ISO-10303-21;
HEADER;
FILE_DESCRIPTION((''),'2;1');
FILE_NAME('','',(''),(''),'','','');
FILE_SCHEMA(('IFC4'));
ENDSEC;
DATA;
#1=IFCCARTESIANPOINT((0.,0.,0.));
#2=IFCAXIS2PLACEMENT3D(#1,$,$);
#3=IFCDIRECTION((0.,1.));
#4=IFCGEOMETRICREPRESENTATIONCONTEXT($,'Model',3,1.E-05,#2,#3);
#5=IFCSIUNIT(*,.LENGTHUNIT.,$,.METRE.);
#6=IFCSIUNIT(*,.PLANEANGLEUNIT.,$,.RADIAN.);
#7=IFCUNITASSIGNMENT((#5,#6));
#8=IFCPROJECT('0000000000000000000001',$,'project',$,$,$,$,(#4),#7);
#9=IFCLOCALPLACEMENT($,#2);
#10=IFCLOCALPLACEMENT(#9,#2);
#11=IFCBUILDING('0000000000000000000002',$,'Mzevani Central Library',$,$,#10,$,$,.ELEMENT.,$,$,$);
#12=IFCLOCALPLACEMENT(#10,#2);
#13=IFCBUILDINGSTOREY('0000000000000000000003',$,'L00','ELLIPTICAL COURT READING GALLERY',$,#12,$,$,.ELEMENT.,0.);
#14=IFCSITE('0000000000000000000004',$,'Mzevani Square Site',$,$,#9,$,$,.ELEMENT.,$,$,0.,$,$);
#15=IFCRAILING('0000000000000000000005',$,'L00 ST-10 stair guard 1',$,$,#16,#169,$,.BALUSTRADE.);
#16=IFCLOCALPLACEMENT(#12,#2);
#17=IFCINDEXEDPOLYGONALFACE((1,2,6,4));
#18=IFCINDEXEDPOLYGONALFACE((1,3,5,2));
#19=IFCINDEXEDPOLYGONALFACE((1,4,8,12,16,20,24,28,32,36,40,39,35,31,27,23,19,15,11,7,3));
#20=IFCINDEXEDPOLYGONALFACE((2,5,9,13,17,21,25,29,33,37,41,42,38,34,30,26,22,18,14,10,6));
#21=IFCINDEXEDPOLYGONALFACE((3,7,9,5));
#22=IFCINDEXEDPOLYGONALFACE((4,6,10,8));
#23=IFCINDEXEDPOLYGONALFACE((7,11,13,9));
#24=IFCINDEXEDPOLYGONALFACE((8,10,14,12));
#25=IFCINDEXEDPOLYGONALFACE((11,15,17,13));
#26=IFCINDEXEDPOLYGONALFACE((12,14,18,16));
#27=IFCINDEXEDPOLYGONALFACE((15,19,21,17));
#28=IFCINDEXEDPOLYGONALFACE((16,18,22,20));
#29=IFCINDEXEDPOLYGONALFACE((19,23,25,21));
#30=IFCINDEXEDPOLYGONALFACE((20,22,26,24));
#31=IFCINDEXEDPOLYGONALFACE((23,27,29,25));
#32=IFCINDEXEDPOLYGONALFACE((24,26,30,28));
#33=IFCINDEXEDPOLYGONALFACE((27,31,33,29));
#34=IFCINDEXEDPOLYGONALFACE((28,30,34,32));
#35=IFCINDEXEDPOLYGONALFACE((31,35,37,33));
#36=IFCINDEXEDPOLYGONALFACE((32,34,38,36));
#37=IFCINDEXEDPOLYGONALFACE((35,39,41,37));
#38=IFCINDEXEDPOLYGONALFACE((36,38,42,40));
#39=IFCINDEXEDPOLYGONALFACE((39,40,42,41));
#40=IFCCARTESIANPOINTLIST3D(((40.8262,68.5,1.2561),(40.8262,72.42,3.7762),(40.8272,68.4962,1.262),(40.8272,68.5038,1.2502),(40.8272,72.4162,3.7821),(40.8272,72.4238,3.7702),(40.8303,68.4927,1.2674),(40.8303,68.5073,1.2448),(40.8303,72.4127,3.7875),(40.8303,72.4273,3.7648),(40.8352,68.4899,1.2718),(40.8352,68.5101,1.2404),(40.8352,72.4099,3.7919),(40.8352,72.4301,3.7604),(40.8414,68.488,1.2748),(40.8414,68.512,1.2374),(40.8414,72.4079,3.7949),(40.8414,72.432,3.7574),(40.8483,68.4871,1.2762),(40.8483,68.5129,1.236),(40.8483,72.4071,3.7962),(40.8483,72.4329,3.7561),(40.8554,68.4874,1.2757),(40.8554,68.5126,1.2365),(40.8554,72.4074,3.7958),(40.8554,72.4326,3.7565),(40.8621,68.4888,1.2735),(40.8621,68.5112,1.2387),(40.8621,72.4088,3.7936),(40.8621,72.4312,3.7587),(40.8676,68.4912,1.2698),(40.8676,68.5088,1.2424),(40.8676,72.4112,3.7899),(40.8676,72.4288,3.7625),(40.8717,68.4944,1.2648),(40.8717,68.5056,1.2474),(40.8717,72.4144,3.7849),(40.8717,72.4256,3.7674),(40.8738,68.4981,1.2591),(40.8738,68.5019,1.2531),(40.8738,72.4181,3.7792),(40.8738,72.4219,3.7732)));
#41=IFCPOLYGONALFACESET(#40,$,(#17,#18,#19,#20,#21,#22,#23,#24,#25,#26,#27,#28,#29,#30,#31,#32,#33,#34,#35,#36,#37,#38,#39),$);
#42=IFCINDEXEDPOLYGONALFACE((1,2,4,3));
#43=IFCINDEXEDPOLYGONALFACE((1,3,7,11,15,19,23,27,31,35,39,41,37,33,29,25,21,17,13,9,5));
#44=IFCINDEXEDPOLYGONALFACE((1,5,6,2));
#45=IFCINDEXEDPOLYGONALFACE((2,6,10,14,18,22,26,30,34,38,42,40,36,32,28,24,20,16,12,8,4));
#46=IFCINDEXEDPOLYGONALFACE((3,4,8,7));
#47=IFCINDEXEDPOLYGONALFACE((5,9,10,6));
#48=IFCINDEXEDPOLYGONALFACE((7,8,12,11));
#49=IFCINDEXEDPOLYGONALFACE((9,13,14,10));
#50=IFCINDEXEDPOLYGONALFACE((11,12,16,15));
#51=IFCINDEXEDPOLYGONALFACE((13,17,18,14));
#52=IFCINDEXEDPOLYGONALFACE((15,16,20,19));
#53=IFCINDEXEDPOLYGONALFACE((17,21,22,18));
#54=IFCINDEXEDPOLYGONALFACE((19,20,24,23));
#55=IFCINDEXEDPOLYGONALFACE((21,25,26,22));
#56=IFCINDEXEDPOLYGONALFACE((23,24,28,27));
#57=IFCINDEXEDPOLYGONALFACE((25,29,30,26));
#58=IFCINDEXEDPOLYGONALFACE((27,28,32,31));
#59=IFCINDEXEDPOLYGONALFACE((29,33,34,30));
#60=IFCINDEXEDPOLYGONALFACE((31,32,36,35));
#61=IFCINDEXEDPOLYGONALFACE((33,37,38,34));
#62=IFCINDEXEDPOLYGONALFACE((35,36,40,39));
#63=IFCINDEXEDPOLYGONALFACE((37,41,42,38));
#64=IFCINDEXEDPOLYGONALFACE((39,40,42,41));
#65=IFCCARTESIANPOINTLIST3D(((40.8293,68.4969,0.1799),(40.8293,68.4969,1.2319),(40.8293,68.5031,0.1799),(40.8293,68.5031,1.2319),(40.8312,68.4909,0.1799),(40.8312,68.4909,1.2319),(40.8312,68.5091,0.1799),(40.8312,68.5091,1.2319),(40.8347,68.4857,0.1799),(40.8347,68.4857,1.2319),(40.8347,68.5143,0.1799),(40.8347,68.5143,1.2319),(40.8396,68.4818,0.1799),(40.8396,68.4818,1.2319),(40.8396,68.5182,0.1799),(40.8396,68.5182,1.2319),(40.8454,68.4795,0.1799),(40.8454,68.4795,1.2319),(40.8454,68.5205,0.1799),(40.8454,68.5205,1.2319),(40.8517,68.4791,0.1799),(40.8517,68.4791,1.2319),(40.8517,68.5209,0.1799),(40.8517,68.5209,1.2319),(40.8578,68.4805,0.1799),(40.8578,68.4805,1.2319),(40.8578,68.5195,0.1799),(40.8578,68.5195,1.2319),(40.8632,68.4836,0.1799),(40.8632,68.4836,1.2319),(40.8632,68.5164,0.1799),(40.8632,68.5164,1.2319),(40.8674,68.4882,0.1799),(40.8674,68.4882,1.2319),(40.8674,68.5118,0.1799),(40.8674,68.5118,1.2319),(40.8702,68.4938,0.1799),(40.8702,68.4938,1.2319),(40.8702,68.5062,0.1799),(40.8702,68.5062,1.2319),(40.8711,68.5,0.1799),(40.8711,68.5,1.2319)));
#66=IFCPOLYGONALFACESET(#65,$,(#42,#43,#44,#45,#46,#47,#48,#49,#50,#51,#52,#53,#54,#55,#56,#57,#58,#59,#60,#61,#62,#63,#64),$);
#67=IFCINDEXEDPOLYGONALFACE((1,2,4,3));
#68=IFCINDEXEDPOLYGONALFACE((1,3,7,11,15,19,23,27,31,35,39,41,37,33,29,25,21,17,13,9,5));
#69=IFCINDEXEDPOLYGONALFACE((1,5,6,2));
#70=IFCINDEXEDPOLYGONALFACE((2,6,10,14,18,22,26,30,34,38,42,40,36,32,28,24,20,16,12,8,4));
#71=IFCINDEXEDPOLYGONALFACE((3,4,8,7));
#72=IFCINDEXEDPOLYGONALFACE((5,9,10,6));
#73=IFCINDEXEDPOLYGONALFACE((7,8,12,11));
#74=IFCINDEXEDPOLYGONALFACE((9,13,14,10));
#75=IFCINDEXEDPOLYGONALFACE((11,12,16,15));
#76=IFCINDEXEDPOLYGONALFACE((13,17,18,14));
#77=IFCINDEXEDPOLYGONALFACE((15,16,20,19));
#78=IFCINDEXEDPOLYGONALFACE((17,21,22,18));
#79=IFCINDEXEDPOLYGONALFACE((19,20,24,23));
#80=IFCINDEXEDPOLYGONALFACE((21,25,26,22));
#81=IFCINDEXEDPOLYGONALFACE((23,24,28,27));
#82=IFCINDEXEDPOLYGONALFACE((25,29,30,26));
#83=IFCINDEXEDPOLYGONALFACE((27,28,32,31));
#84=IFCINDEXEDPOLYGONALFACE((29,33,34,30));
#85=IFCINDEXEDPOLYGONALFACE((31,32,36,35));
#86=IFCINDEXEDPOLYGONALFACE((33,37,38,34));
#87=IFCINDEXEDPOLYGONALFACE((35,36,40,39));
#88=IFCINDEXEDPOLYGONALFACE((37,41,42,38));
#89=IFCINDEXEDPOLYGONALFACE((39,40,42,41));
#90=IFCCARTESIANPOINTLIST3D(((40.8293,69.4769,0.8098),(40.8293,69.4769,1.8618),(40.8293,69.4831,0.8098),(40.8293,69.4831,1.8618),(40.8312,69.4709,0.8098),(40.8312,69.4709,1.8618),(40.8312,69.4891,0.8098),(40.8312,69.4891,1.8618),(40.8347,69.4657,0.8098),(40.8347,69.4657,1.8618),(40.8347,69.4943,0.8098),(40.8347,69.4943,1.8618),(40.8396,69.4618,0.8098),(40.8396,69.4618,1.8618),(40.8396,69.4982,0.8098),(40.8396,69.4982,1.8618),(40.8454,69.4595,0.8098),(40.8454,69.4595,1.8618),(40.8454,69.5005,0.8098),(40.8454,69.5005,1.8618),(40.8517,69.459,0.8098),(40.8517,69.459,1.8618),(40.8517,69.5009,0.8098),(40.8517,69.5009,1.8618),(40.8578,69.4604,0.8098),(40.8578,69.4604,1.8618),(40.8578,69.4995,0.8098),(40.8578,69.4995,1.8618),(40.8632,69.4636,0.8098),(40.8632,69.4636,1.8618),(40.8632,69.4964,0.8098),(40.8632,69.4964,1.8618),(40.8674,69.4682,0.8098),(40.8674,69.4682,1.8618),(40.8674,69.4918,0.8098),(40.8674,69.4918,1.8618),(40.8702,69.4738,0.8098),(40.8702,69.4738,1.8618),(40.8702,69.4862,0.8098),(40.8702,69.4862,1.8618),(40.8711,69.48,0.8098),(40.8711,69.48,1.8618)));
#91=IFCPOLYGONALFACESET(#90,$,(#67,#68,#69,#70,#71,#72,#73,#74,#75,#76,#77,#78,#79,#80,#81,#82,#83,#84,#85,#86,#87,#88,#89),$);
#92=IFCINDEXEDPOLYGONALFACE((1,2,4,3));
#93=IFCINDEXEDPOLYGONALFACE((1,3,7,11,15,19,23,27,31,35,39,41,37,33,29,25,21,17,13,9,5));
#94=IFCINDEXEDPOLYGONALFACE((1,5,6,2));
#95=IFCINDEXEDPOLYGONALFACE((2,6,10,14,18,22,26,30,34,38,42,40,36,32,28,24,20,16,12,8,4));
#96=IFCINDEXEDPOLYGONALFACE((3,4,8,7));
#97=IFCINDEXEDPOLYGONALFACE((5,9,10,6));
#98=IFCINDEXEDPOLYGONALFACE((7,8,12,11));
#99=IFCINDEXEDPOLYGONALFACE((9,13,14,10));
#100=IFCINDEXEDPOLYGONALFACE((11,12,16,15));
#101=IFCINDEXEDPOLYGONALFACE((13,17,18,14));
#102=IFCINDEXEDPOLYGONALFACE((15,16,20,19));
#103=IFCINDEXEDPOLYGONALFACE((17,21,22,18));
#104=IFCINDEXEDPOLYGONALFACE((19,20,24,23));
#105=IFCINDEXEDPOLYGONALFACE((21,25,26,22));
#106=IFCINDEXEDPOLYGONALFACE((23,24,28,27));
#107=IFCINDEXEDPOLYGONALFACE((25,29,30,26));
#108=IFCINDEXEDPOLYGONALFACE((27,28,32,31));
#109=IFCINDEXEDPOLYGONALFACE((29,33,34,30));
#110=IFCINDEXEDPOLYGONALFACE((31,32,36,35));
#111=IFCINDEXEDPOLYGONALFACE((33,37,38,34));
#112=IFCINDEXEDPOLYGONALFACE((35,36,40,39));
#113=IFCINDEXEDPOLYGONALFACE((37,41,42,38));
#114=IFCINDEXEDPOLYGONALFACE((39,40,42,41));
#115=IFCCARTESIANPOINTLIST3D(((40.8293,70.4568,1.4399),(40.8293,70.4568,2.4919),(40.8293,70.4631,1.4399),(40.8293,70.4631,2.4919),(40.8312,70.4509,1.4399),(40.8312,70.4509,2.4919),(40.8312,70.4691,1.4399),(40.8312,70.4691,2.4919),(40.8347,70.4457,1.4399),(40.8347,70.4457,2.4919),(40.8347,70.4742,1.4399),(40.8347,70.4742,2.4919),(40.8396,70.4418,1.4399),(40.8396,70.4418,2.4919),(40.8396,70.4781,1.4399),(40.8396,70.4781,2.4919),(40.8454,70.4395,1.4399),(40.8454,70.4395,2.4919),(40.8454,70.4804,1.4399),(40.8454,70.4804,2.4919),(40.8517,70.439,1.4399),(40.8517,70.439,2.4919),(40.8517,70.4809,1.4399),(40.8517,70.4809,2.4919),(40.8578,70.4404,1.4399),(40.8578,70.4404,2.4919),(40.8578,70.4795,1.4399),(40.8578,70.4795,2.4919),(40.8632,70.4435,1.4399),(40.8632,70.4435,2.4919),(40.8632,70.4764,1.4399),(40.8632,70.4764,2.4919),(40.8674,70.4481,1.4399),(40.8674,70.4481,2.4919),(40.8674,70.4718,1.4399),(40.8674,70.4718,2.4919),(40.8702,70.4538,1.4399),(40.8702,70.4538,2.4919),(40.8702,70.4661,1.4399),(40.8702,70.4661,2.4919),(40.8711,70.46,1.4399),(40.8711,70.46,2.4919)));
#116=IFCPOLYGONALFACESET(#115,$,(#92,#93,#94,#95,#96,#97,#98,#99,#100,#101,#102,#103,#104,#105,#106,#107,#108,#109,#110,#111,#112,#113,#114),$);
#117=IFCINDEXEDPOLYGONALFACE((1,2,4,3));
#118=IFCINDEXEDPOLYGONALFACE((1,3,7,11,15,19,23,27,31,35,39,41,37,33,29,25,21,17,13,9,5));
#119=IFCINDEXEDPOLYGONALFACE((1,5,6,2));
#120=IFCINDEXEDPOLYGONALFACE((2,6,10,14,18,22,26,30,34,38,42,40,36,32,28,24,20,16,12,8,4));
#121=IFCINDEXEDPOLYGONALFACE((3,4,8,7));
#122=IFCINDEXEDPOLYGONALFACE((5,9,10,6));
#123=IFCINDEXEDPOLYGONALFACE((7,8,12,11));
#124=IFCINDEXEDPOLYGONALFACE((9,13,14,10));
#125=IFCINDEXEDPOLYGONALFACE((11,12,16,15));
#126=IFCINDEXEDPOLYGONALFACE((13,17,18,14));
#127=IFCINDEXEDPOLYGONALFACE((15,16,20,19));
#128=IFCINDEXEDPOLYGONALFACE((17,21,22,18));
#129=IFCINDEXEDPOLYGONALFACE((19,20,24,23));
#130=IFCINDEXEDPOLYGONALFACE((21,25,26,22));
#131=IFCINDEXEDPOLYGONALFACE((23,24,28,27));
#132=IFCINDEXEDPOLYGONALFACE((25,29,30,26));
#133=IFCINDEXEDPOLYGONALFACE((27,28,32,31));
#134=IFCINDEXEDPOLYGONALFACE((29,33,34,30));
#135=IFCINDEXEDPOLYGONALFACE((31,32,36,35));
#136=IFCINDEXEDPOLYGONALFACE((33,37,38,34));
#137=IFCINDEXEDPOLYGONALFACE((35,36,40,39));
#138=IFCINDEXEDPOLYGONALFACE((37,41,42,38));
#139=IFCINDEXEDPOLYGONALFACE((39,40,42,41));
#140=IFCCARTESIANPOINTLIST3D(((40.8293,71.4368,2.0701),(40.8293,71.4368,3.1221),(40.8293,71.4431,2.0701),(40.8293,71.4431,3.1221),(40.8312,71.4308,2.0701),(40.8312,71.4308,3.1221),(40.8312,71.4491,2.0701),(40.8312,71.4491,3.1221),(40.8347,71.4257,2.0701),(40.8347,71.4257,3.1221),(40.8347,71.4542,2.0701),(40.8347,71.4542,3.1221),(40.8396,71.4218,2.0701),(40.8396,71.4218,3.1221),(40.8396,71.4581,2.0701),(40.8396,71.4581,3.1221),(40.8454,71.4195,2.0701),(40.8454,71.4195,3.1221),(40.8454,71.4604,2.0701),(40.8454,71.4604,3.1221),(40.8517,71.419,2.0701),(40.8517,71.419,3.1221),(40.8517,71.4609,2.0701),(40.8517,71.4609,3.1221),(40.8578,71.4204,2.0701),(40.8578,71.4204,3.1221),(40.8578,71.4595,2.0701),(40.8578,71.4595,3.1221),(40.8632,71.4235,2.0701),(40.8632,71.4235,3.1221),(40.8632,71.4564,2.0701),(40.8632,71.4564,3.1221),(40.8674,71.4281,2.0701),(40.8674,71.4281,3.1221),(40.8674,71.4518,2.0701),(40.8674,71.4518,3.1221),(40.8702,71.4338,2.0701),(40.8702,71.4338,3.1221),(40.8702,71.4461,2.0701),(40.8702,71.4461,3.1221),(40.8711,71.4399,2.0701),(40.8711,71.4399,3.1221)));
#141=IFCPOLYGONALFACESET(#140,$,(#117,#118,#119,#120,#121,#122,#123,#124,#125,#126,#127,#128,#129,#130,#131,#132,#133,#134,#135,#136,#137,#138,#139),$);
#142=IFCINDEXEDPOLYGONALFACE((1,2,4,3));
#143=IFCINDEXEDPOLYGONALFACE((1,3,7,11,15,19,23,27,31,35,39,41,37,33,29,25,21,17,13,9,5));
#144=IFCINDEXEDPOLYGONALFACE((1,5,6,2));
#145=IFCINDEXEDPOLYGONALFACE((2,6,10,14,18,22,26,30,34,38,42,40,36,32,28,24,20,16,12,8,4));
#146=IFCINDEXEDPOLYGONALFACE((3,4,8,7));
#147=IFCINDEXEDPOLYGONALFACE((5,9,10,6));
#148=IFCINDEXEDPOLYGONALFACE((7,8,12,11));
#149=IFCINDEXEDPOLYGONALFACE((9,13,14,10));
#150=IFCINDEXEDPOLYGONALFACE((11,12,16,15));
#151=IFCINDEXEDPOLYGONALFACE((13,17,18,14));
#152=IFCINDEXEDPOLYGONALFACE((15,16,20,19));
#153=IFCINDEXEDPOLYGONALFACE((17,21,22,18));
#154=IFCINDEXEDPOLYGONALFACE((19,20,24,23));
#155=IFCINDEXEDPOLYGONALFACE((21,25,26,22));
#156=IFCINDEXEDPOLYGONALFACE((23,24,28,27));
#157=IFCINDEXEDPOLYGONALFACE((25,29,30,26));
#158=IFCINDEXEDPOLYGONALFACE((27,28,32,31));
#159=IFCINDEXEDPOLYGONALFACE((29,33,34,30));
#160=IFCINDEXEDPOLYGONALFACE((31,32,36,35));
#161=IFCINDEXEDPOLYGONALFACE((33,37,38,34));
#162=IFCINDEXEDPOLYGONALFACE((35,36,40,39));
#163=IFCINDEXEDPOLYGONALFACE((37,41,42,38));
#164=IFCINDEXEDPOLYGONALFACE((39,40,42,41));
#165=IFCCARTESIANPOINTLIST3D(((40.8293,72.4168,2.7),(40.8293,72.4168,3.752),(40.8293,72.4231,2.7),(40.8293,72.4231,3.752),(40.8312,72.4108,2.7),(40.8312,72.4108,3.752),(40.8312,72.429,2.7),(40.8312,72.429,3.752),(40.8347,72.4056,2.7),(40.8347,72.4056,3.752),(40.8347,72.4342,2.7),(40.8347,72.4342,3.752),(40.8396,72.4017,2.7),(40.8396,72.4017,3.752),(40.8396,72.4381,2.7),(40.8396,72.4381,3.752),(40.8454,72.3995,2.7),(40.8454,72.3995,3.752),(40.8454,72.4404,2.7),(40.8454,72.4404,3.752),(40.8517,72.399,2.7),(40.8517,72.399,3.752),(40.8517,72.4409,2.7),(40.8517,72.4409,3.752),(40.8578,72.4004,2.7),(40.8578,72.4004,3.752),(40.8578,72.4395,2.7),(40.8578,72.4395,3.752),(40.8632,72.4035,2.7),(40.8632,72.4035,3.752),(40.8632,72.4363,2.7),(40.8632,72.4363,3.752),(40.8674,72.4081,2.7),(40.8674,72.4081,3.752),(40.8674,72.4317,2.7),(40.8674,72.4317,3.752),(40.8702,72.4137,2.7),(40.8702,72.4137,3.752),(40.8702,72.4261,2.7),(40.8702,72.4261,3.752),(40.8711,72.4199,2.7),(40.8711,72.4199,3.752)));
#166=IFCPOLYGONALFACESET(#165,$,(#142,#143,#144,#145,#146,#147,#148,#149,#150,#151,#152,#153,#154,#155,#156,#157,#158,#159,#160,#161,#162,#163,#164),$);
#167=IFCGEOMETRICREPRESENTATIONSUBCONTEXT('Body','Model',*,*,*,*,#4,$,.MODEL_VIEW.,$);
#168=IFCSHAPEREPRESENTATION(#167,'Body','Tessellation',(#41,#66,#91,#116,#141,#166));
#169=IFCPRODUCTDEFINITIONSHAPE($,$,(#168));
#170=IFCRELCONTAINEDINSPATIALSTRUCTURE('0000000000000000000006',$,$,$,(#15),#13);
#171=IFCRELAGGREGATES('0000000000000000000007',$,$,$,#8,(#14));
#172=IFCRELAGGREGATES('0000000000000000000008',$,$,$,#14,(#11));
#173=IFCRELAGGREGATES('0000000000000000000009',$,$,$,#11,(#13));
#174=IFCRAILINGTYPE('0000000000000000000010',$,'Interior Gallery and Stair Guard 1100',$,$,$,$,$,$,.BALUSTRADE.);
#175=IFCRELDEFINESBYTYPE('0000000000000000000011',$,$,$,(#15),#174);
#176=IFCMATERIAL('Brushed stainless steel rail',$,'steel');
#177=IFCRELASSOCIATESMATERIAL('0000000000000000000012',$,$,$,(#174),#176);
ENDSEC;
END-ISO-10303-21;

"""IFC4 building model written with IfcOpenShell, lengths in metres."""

from ifc_helpers import new_model, si_unit, direction, frame, origin, origin_2d, place, context, subcontext, project, spatial, circle, extrude, material, type_object, element, save


model = new_model("IFC4")

# Units and contexts
model_context = context("Model", 3, precision=1e-05, world=origin(), true_north=direction((0.0, 1.0)))
body_context = subcontext(model_context, "Body", "Model", "MODEL_VIEW")
ifc_project = project(units=[si_unit("LENGTHUNIT", "METRE"), si_unit("PLANEANGLEUNIT", "RADIAN")], contexts=[model_context])

# Site, building, storey
site_placement = place(None, origin())
site = spatial("IfcSite", under=ifc_project, at=site_placement, Name="Mzevani Square Site", CompositionType="ELEMENT", RefElevation=0.0)
building_placement = place(site_placement, origin())
building = spatial("IfcBuilding", under=site, at=building_placement, Name="Mzevani Central Library", CompositionType="ELEMENT")
storey_placement = place(building_placement, origin())
storey = spatial("IfcBuildingStorey", under=building, at=storey_placement, Name="L00", Description="ELLIPTICAL COURT READING GALLERY", CompositionType="ELEMENT", Elevation=0.0)

# Railing
ifc_material_1 = material(Name="Brushed stainless steel rail", Category="steel")
railing_type_1 = type_object("IfcRailingType", Name="Interior Gallery and Stair Guard 1100", PredefinedType="BALUSTRADE", material=ifc_material_1)
railing_1_placement = place(storey_placement, frame((40.8501, 68.5, 0.1799)))
element("IfcRailing", 1, at=railing_1_placement, inside=storey, type_object=railing_type_1, Name="L00 ST-10 stair guard 1", PredefinedType="BALUSTRADE", context=body_context, shape_type="SweptSolid", body=[
    extrude(circle(Radius=0.0239, at=origin_2d()), frame((0.0, 0.0, 1.0762), z_axis=(0.0, 0.841172, 0.540768), x_axis=(-1.0, 0.0, 0.0)), (0.0, 0.0, 1.0), 4.6602),
    extrude(circle(Radius=0.021, at=origin_2d()), origin(), (0.0, 0.0, 1.0), 1.052),
    extrude(circle(Radius=0.021, at=origin_2d()), frame((0.0, 0.98, 0.6299)), (0.0, 0.0, 1.0), 1.052),
    extrude(circle(Radius=0.021, at=origin_2d()), frame((0.0, 1.96, 1.26)), (0.0, 0.0, 1.0), 1.052),
    extrude(circle(Radius=0.021, at=origin_2d()), frame((0.0, 2.9399, 1.8901)), (0.0, 0.0, 1.0), 1.052),
    extrude(circle(Radius=0.021, at=origin_2d()), frame((0.0, 3.9199, 2.52)), (0.0, 0.0, 1.0), 1.052),
])

save(model, "model.ifc")
